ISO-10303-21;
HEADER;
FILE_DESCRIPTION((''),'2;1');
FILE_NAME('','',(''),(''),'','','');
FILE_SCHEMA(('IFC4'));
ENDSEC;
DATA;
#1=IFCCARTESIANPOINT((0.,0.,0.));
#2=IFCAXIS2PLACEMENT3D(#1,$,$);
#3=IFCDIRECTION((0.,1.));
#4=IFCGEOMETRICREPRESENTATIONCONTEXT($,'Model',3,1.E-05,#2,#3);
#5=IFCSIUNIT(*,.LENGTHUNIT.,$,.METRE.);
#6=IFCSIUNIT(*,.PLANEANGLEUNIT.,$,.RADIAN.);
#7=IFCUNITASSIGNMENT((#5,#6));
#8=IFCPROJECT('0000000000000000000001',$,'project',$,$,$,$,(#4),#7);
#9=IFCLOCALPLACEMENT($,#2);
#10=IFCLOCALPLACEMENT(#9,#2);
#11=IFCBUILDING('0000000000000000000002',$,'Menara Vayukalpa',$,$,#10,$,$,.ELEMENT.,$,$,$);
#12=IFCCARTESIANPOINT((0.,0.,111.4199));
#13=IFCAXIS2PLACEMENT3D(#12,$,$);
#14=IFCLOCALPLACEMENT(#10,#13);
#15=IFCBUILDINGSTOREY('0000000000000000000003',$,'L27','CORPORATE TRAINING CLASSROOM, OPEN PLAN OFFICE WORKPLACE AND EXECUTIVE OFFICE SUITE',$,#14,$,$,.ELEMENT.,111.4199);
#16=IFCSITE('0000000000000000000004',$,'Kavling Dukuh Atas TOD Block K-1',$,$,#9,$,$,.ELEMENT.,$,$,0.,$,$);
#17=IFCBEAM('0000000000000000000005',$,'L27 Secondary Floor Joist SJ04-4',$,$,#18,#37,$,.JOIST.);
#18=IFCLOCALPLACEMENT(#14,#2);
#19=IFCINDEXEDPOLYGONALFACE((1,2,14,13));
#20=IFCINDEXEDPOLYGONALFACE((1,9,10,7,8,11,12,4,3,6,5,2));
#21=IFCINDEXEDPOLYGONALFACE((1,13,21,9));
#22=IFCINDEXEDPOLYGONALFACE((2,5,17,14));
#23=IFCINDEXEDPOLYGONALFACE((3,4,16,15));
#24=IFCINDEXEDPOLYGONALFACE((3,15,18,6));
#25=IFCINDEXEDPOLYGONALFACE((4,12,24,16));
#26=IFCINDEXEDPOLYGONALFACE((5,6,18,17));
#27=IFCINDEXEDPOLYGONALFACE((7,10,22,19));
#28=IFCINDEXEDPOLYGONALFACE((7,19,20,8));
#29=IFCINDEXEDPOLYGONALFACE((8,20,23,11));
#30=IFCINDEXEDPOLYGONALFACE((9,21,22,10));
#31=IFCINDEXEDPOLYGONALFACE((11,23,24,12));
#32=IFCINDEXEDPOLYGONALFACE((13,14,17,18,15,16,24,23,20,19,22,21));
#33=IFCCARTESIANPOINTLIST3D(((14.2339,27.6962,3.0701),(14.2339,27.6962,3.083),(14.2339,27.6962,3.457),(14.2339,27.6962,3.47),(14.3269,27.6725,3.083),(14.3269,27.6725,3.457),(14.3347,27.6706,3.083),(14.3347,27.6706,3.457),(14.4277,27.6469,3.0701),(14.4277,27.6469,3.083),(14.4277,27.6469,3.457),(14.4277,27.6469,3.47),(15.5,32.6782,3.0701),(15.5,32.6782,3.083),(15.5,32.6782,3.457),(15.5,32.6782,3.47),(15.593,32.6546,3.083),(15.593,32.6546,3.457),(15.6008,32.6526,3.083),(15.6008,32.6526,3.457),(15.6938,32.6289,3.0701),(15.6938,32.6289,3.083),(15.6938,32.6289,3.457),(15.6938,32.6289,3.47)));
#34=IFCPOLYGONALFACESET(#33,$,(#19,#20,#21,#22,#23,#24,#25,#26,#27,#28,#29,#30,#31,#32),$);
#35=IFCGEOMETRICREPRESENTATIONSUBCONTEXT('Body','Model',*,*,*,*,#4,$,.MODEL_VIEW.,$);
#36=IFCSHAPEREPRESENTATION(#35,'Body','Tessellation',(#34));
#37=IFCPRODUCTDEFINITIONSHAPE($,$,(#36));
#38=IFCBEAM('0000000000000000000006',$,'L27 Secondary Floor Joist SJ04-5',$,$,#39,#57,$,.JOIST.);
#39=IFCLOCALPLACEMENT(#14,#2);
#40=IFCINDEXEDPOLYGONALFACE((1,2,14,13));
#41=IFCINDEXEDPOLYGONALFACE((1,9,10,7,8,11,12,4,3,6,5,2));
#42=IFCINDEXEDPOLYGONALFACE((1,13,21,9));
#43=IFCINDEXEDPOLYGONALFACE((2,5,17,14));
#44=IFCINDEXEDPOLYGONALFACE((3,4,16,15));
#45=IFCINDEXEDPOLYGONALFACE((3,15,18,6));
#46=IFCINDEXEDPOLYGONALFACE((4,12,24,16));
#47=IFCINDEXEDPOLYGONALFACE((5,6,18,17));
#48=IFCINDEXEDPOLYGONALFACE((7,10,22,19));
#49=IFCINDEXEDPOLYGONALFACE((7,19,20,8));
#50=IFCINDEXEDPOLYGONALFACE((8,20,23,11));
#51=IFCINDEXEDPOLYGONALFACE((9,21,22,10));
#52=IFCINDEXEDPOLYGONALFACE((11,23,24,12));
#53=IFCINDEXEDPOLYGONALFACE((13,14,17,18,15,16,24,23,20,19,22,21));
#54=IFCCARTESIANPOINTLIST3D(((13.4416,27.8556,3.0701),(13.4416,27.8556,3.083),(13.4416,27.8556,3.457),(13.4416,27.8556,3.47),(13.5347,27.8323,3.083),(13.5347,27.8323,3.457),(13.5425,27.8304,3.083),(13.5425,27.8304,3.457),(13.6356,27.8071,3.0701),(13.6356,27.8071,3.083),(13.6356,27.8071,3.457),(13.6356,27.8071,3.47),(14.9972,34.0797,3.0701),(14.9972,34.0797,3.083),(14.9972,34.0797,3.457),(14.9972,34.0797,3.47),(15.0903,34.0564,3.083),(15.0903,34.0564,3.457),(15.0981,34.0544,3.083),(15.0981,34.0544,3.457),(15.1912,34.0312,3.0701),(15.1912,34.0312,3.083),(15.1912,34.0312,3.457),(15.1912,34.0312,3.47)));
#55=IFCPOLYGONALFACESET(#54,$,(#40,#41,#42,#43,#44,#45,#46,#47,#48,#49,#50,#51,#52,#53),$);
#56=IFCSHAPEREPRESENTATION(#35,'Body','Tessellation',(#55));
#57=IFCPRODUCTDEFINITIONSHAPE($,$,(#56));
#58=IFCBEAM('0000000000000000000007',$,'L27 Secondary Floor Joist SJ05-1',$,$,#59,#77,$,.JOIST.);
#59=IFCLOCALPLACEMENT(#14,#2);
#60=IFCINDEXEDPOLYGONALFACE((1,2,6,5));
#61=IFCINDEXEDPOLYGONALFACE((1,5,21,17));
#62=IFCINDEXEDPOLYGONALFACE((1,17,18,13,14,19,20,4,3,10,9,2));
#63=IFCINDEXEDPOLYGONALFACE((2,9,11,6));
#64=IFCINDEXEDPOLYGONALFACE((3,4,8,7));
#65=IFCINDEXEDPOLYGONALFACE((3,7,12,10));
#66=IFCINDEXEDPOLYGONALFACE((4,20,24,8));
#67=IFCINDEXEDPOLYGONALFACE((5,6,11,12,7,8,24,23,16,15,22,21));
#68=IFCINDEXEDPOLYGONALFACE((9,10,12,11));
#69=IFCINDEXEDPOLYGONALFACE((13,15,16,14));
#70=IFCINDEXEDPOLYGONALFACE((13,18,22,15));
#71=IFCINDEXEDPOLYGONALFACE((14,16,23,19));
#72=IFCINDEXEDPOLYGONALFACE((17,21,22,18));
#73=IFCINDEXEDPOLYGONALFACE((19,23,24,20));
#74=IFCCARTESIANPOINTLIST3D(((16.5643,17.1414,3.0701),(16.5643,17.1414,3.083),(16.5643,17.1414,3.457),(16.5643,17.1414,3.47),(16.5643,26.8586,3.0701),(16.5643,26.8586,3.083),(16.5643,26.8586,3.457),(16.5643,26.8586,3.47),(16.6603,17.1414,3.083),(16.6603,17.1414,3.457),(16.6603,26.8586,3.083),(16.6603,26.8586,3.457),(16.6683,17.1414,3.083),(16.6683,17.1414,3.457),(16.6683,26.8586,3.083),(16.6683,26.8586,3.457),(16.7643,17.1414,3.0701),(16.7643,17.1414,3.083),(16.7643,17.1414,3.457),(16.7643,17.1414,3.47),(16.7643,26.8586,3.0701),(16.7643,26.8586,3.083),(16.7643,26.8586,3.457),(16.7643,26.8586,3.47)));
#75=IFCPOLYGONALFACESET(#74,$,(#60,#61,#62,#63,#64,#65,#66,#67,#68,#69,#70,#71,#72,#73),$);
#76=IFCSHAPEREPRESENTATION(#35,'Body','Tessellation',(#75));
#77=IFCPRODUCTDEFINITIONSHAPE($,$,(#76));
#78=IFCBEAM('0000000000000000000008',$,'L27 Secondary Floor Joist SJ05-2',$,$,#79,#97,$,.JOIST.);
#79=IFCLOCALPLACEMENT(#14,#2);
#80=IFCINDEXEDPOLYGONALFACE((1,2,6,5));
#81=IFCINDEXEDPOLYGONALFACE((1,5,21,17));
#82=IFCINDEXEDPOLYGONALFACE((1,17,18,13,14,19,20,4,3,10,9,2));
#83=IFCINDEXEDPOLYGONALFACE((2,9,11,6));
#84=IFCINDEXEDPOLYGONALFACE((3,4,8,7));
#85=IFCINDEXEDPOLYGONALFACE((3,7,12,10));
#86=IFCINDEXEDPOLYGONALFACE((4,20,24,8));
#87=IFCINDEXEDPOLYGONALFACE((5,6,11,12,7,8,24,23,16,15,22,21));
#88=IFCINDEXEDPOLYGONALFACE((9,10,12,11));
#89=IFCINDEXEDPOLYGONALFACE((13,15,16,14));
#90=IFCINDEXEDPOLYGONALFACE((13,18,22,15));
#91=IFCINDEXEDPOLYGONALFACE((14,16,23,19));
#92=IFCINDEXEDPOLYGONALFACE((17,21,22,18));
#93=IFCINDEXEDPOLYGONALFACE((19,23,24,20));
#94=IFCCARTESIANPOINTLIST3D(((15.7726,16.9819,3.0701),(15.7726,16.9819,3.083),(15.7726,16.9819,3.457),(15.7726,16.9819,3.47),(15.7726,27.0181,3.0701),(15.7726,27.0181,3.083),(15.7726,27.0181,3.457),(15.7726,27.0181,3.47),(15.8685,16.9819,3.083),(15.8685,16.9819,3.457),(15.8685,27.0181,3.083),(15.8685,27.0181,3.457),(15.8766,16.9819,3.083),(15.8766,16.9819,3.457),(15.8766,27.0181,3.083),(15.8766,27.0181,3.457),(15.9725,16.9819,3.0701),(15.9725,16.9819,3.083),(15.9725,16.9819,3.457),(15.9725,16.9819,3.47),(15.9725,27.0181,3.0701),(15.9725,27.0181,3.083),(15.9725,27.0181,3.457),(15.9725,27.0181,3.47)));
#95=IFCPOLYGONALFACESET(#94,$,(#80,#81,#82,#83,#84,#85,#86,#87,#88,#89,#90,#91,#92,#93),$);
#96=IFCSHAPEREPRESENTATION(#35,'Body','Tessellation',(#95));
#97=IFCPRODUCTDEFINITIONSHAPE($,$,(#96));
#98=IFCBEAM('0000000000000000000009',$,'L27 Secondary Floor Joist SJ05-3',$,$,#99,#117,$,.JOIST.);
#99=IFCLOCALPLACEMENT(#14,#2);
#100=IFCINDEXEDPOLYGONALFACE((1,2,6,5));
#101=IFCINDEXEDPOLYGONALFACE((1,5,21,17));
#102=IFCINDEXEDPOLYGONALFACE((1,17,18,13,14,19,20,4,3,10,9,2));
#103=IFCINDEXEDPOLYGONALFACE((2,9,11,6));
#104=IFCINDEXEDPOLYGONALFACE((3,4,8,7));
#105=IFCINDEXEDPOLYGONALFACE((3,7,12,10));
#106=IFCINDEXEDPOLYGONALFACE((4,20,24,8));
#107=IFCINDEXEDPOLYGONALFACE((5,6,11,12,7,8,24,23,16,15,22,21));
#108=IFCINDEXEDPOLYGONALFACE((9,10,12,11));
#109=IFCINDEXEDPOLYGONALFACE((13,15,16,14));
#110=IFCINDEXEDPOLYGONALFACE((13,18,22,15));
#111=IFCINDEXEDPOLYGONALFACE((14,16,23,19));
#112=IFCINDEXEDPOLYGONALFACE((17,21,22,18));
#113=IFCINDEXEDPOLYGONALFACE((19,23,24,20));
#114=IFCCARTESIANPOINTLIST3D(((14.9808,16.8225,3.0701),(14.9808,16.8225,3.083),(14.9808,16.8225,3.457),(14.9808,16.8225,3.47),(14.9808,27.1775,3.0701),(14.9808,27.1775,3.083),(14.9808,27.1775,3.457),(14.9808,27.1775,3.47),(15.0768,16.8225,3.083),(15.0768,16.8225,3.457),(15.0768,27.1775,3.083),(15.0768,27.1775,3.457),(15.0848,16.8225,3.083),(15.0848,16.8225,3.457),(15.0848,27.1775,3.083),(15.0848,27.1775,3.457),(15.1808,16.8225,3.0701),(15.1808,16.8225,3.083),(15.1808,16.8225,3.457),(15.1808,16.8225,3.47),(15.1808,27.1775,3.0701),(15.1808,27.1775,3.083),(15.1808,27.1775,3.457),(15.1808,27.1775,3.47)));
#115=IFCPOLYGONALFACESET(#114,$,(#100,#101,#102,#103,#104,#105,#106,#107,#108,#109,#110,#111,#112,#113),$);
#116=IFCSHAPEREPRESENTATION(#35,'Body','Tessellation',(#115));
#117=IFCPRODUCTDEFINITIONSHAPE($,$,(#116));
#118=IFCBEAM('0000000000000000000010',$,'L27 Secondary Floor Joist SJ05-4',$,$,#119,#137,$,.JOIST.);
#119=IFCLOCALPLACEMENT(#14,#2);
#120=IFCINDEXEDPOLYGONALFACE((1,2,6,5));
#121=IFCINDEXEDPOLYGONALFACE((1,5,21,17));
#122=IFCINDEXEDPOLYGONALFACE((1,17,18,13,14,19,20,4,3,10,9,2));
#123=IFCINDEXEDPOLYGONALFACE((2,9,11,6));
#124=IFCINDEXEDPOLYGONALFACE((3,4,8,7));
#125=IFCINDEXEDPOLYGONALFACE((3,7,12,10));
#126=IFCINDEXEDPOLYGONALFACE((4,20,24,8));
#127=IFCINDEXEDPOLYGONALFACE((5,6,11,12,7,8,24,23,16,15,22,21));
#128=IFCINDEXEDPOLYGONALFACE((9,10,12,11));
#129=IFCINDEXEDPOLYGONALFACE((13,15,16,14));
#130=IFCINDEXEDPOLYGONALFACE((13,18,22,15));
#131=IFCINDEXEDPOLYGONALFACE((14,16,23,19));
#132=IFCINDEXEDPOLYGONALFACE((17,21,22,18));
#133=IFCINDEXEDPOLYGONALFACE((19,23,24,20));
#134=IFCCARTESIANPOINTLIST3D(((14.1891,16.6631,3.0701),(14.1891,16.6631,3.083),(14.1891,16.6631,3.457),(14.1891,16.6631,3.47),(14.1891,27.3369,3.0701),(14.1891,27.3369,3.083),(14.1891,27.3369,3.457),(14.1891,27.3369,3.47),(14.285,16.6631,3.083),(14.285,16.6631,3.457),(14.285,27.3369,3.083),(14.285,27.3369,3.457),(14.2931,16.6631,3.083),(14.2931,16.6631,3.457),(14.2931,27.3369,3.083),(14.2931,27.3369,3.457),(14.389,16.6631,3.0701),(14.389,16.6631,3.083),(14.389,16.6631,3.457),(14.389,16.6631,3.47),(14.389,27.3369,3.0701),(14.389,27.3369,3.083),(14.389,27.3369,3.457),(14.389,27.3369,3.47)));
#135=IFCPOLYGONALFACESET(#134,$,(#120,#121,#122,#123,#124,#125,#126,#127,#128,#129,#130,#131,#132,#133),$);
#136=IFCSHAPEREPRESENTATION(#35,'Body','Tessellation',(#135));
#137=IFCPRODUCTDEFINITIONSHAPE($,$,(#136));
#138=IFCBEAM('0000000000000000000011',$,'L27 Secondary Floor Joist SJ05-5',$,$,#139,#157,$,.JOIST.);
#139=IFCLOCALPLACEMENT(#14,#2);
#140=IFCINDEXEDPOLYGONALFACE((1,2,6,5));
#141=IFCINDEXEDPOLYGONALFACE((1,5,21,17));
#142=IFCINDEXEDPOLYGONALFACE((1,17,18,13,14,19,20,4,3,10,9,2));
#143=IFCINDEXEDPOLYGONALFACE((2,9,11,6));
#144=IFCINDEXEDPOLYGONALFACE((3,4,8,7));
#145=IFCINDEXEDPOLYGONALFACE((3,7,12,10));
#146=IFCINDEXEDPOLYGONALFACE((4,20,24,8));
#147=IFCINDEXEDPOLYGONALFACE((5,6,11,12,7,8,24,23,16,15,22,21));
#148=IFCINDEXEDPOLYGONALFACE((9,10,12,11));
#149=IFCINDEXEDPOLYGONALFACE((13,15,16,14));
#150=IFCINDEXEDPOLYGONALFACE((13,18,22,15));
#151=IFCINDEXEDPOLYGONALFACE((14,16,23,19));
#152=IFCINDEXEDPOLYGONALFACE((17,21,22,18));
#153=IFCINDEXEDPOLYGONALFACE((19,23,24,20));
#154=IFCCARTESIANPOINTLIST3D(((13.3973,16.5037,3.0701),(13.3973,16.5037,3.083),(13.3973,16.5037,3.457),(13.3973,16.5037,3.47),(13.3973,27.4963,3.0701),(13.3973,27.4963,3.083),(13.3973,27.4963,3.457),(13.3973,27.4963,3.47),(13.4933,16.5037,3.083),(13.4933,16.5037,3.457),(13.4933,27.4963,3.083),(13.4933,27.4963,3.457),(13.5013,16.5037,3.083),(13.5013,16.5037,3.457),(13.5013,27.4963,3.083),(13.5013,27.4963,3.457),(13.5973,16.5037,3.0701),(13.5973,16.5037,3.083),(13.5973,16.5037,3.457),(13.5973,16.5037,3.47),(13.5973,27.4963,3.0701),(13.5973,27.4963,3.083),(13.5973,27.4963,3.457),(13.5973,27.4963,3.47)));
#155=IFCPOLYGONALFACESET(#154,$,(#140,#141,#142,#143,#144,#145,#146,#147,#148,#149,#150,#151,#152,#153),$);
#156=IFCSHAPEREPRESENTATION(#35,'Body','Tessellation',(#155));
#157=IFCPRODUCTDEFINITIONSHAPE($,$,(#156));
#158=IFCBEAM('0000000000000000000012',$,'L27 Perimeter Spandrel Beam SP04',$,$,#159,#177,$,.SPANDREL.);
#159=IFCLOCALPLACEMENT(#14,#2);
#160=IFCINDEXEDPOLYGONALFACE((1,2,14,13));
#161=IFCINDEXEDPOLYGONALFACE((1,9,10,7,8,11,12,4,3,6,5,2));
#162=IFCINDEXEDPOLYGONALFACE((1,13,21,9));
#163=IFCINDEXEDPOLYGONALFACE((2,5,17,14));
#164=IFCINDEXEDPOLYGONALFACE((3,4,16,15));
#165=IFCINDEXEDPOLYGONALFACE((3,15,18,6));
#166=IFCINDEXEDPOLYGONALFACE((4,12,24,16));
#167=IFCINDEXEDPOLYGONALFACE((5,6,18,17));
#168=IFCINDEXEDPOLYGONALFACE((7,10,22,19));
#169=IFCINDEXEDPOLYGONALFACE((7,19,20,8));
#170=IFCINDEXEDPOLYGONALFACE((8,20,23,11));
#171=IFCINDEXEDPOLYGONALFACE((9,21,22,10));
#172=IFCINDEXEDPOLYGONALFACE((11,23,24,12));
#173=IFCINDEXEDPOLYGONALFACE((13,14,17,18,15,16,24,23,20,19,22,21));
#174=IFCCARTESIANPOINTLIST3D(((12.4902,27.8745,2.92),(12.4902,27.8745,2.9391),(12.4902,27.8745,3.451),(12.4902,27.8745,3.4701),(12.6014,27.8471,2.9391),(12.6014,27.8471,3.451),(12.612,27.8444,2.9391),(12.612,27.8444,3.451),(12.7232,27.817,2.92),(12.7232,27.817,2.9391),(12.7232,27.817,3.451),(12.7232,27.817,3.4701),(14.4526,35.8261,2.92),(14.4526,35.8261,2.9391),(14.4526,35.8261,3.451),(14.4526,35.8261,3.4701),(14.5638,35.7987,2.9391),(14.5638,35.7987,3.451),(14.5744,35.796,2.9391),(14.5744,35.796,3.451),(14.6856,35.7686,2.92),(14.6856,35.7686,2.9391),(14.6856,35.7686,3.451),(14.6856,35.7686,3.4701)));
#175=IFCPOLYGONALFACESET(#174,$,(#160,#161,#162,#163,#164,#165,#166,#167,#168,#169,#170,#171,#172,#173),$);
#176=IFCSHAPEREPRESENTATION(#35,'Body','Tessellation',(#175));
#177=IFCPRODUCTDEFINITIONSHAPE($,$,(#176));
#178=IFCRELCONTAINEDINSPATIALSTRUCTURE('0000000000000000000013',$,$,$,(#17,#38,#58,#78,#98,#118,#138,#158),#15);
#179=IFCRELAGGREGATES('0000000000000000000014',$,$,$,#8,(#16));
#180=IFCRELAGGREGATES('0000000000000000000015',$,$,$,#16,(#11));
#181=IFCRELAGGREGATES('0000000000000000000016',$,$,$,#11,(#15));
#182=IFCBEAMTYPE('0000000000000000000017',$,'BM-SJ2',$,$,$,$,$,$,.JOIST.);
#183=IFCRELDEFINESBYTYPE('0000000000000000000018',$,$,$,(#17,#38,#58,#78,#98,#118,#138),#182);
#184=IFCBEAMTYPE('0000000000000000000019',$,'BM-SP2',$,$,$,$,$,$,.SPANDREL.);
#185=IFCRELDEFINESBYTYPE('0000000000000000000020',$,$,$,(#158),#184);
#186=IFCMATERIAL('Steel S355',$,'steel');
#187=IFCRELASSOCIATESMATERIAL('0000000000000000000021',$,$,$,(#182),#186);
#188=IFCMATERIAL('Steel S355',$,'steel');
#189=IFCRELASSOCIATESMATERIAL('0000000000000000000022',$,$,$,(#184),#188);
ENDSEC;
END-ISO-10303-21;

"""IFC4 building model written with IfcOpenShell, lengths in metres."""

from ifc_helpers import new_model, si_unit, direction, frame, origin, origin_2d, place, context, subcontext, project, spatial, i_section, extrude, material, material_profile, profile_set, type_object, element, save


model = new_model("IFC4")

# Units and contexts
model_context = context("Model", 3, precision=1e-05, world=origin(), true_north=direction((0.0, 1.0)))
body_context = subcontext(model_context, "Body", "Model", "MODEL_VIEW")
ifc_project = project(units=[si_unit("LENGTHUNIT", "METRE"), si_unit("PLANEANGLEUNIT", "RADIAN")], contexts=[model_context])

# Site, building, storey
site_placement = place(None, origin())
site = spatial("IfcSite", under=ifc_project, at=site_placement, Name="Kavling Dukuh Atas TOD Block K-1", CompositionType="ELEMENT", RefElevation=0.0)
building_placement = place(site_placement, origin())
building = spatial("IfcBuilding", under=site, at=building_placement, Name="Menara Vayukalpa", CompositionType="ELEMENT")
storey_placement = place(building_placement, frame((0.0, 0.0, 111.4199)))
storey = spatial("IfcBuildingStorey", under=building, at=storey_placement, Name="L27", Description="CORPORATE TRAINING CLASSROOM, OPEN PLAN OFFICE WORKPLACE AND EXECUTIVE OFFICE SUITE", CompositionType="ELEMENT", Elevation=111.4199)

# Beams
ifc_material_1 = material(Name="Steel S355", Category="steel")
ifc_material_profile_1 = material_profile(ifc_material_1, i_section(OverallWidth=0.2, OverallDepth=0.3999, WebThickness=0.0081, FlangeThickness=0.0129, at=origin_2d()), Name="WF 400x200x8x13")
ifc_profile_set_1 = profile_set([ifc_material_profile_1], Name="Steel S355")
beam_type_1 = type_object("IfcBeamType", Name="BM-SJ2", PredefinedType="JOIST", material=ifc_profile_set_1)
beam_1_placement = place(storey_placement, frame((15.5969, 32.6536, 3.27), z_axis=(-0.246311, -0.969191, 0.0), x_axis=(0.969191, -0.246311, 0.0)))
element("IfcBeam", 1, at=beam_1_placement, inside=storey, type_object=beam_type_1, Name="L27 Secondary Floor Joist SJ04-4", PredefinedType="JOIST", context=body_context, shape_type="SweptSolid", body=[
    extrude(i_section(OverallWidth=0.2, OverallDepth=0.3999, WebThickness=0.0081, FlangeThickness=0.0129, at=origin_2d()), origin(), (0.0, 0.0, 1.0), 5.1404),
])
beam_2_placement = place(storey_placement, frame((15.0942, 34.0554, 3.27), z_axis=(-0.242482, -0.970156, 0.0), x_axis=(0.970156, -0.242482, 0.0)))
element("IfcBeam", 2, at=beam_2_placement, inside=storey, type_object=beam_type_1, Name="L27 Secondary Floor Joist SJ04-5", PredefinedType="JOIST", context=body_context, shape_type="SweptSolid", body=[
    extrude(i_section(OverallWidth=0.2, OverallDepth=0.3999, WebThickness=0.0081, FlangeThickness=0.0129, at=origin_2d()), origin(), (0.0, 0.0, 1.0), 6.4155),
])
beam_3_placement = place(storey_placement, frame((16.6643, 26.8586, 3.27), z_axis=(0.0, -1.0, 0.0), x_axis=(1.0, 0.0, 0.0)))
element("IfcBeam", 3, at=beam_3_placement, inside=storey, type_object=beam_type_1, Name="L27 Secondary Floor Joist SJ05-1", PredefinedType="JOIST", context=body_context, shape_type="SweptSolid", body=[
    extrude(i_section(OverallWidth=0.2, OverallDepth=0.3999, WebThickness=0.0081, FlangeThickness=0.0129, at=origin_2d()), origin(), (0.0, 0.0, 1.0), 9.7173),
])
beam_4_placement = place(storey_placement, frame((15.8726, 27.0181, 3.27), z_axis=(0.0, -1.0, 0.0), x_axis=(1.0, 0.0, 0.0)))
element("IfcBeam", 4, at=beam_4_placement, inside=storey, type_object=beam_type_1, Name="L27 Secondary Floor Joist SJ05-2", PredefinedType="JOIST", context=body_context, shape_type="SweptSolid", body=[
    extrude(i_section(OverallWidth=0.2, OverallDepth=0.3999, WebThickness=0.0081, FlangeThickness=0.0129, at=origin_2d()), origin(), (0.0, 0.0, 1.0), 10.0361),
])
beam_5_placement = place(storey_placement, frame((15.0808, 27.1775, 3.27), z_axis=(0.0, -1.0, 0.0), x_axis=(1.0, 0.0, 0.0)))
element("IfcBeam", 5, at=beam_5_placement, inside=storey, type_object=beam_type_1, Name="L27 Secondary Floor Joist SJ05-3", PredefinedType="JOIST", context=body_context, shape_type="SweptSolid", body=[
    extrude(i_section(OverallWidth=0.2, OverallDepth=0.3999, WebThickness=0.0081, FlangeThickness=0.0129, at=origin_2d()), origin(), (0.0, 0.0, 1.0), 10.355),
])
beam_6_placement = place(storey_placement, frame((14.2891, 27.3369, 3.27), z_axis=(0.0, -1.0, 0.0), x_axis=(1.0, 0.0, 0.0)))
element("IfcBeam", 6, at=beam_6_placement, inside=storey, type_object=beam_type_1, Name="L27 Secondary Floor Joist SJ05-4", PredefinedType="JOIST", context=body_context, shape_type="SweptSolid", body=[
    extrude(i_section(OverallWidth=0.2, OverallDepth=0.3999, WebThickness=0.0081, FlangeThickness=0.0129, at=origin_2d()), origin(), (0.0, 0.0, 1.0), 10.6738),
])
beam_7_placement = place(storey_placement, frame((13.4973, 27.4963, 3.27), z_axis=(0.0, -1.0, 0.0), x_axis=(1.0, 0.0, 0.0)))
element("IfcBeam", 7, at=beam_7_placement, inside=storey, type_object=beam_type_1, Name="L27 Secondary Floor Joist SJ05-5", PredefinedType="JOIST", context=body_context, shape_type="SweptSolid", body=[
    extrude(i_section(OverallWidth=0.2, OverallDepth=0.3999, WebThickness=0.0081, FlangeThickness=0.0129, at=origin_2d()), origin(), (0.0, 0.0, 1.0), 10.9927),
])
ifc_material_2 = material(Name="Steel S355", Category="steel")
ifc_material_profile_2 = material_profile(ifc_material_2, i_section(OverallWidth=0.24, OverallDepth=0.55, WebThickness=0.011, FlangeThickness=0.019, at=origin_2d()), Name="WF 550x240x11x19")
ifc_profile_set_2 = profile_set([ifc_material_profile_2], Name="Steel S355")
beam_type_2 = type_object("IfcBeamType", Name="BM-SP2", PredefinedType="SPANDREL", material=ifc_profile_set_2)
beam_8_placement = place(storey_placement, frame((14.5691, 35.7974, 3.1951), z_axis=(-0.239603, -0.970871, 0.0), x_axis=(0.970871, -0.239603, 0.0)))
element("IfcBeam", 8, at=beam_8_placement, inside=storey, type_object=beam_type_2, Name="L27 Perimeter Spandrel Beam SP04", PredefinedType="SPANDREL", context=body_context, shape_type="SweptSolid", body=[
    extrude(i_section(OverallWidth=0.24, OverallDepth=0.55, WebThickness=0.011, FlangeThickness=0.019, at=origin_2d()), origin(), (0.0, 0.0, 1.0), 8.1902),
])

save(model, "model.ifc")
